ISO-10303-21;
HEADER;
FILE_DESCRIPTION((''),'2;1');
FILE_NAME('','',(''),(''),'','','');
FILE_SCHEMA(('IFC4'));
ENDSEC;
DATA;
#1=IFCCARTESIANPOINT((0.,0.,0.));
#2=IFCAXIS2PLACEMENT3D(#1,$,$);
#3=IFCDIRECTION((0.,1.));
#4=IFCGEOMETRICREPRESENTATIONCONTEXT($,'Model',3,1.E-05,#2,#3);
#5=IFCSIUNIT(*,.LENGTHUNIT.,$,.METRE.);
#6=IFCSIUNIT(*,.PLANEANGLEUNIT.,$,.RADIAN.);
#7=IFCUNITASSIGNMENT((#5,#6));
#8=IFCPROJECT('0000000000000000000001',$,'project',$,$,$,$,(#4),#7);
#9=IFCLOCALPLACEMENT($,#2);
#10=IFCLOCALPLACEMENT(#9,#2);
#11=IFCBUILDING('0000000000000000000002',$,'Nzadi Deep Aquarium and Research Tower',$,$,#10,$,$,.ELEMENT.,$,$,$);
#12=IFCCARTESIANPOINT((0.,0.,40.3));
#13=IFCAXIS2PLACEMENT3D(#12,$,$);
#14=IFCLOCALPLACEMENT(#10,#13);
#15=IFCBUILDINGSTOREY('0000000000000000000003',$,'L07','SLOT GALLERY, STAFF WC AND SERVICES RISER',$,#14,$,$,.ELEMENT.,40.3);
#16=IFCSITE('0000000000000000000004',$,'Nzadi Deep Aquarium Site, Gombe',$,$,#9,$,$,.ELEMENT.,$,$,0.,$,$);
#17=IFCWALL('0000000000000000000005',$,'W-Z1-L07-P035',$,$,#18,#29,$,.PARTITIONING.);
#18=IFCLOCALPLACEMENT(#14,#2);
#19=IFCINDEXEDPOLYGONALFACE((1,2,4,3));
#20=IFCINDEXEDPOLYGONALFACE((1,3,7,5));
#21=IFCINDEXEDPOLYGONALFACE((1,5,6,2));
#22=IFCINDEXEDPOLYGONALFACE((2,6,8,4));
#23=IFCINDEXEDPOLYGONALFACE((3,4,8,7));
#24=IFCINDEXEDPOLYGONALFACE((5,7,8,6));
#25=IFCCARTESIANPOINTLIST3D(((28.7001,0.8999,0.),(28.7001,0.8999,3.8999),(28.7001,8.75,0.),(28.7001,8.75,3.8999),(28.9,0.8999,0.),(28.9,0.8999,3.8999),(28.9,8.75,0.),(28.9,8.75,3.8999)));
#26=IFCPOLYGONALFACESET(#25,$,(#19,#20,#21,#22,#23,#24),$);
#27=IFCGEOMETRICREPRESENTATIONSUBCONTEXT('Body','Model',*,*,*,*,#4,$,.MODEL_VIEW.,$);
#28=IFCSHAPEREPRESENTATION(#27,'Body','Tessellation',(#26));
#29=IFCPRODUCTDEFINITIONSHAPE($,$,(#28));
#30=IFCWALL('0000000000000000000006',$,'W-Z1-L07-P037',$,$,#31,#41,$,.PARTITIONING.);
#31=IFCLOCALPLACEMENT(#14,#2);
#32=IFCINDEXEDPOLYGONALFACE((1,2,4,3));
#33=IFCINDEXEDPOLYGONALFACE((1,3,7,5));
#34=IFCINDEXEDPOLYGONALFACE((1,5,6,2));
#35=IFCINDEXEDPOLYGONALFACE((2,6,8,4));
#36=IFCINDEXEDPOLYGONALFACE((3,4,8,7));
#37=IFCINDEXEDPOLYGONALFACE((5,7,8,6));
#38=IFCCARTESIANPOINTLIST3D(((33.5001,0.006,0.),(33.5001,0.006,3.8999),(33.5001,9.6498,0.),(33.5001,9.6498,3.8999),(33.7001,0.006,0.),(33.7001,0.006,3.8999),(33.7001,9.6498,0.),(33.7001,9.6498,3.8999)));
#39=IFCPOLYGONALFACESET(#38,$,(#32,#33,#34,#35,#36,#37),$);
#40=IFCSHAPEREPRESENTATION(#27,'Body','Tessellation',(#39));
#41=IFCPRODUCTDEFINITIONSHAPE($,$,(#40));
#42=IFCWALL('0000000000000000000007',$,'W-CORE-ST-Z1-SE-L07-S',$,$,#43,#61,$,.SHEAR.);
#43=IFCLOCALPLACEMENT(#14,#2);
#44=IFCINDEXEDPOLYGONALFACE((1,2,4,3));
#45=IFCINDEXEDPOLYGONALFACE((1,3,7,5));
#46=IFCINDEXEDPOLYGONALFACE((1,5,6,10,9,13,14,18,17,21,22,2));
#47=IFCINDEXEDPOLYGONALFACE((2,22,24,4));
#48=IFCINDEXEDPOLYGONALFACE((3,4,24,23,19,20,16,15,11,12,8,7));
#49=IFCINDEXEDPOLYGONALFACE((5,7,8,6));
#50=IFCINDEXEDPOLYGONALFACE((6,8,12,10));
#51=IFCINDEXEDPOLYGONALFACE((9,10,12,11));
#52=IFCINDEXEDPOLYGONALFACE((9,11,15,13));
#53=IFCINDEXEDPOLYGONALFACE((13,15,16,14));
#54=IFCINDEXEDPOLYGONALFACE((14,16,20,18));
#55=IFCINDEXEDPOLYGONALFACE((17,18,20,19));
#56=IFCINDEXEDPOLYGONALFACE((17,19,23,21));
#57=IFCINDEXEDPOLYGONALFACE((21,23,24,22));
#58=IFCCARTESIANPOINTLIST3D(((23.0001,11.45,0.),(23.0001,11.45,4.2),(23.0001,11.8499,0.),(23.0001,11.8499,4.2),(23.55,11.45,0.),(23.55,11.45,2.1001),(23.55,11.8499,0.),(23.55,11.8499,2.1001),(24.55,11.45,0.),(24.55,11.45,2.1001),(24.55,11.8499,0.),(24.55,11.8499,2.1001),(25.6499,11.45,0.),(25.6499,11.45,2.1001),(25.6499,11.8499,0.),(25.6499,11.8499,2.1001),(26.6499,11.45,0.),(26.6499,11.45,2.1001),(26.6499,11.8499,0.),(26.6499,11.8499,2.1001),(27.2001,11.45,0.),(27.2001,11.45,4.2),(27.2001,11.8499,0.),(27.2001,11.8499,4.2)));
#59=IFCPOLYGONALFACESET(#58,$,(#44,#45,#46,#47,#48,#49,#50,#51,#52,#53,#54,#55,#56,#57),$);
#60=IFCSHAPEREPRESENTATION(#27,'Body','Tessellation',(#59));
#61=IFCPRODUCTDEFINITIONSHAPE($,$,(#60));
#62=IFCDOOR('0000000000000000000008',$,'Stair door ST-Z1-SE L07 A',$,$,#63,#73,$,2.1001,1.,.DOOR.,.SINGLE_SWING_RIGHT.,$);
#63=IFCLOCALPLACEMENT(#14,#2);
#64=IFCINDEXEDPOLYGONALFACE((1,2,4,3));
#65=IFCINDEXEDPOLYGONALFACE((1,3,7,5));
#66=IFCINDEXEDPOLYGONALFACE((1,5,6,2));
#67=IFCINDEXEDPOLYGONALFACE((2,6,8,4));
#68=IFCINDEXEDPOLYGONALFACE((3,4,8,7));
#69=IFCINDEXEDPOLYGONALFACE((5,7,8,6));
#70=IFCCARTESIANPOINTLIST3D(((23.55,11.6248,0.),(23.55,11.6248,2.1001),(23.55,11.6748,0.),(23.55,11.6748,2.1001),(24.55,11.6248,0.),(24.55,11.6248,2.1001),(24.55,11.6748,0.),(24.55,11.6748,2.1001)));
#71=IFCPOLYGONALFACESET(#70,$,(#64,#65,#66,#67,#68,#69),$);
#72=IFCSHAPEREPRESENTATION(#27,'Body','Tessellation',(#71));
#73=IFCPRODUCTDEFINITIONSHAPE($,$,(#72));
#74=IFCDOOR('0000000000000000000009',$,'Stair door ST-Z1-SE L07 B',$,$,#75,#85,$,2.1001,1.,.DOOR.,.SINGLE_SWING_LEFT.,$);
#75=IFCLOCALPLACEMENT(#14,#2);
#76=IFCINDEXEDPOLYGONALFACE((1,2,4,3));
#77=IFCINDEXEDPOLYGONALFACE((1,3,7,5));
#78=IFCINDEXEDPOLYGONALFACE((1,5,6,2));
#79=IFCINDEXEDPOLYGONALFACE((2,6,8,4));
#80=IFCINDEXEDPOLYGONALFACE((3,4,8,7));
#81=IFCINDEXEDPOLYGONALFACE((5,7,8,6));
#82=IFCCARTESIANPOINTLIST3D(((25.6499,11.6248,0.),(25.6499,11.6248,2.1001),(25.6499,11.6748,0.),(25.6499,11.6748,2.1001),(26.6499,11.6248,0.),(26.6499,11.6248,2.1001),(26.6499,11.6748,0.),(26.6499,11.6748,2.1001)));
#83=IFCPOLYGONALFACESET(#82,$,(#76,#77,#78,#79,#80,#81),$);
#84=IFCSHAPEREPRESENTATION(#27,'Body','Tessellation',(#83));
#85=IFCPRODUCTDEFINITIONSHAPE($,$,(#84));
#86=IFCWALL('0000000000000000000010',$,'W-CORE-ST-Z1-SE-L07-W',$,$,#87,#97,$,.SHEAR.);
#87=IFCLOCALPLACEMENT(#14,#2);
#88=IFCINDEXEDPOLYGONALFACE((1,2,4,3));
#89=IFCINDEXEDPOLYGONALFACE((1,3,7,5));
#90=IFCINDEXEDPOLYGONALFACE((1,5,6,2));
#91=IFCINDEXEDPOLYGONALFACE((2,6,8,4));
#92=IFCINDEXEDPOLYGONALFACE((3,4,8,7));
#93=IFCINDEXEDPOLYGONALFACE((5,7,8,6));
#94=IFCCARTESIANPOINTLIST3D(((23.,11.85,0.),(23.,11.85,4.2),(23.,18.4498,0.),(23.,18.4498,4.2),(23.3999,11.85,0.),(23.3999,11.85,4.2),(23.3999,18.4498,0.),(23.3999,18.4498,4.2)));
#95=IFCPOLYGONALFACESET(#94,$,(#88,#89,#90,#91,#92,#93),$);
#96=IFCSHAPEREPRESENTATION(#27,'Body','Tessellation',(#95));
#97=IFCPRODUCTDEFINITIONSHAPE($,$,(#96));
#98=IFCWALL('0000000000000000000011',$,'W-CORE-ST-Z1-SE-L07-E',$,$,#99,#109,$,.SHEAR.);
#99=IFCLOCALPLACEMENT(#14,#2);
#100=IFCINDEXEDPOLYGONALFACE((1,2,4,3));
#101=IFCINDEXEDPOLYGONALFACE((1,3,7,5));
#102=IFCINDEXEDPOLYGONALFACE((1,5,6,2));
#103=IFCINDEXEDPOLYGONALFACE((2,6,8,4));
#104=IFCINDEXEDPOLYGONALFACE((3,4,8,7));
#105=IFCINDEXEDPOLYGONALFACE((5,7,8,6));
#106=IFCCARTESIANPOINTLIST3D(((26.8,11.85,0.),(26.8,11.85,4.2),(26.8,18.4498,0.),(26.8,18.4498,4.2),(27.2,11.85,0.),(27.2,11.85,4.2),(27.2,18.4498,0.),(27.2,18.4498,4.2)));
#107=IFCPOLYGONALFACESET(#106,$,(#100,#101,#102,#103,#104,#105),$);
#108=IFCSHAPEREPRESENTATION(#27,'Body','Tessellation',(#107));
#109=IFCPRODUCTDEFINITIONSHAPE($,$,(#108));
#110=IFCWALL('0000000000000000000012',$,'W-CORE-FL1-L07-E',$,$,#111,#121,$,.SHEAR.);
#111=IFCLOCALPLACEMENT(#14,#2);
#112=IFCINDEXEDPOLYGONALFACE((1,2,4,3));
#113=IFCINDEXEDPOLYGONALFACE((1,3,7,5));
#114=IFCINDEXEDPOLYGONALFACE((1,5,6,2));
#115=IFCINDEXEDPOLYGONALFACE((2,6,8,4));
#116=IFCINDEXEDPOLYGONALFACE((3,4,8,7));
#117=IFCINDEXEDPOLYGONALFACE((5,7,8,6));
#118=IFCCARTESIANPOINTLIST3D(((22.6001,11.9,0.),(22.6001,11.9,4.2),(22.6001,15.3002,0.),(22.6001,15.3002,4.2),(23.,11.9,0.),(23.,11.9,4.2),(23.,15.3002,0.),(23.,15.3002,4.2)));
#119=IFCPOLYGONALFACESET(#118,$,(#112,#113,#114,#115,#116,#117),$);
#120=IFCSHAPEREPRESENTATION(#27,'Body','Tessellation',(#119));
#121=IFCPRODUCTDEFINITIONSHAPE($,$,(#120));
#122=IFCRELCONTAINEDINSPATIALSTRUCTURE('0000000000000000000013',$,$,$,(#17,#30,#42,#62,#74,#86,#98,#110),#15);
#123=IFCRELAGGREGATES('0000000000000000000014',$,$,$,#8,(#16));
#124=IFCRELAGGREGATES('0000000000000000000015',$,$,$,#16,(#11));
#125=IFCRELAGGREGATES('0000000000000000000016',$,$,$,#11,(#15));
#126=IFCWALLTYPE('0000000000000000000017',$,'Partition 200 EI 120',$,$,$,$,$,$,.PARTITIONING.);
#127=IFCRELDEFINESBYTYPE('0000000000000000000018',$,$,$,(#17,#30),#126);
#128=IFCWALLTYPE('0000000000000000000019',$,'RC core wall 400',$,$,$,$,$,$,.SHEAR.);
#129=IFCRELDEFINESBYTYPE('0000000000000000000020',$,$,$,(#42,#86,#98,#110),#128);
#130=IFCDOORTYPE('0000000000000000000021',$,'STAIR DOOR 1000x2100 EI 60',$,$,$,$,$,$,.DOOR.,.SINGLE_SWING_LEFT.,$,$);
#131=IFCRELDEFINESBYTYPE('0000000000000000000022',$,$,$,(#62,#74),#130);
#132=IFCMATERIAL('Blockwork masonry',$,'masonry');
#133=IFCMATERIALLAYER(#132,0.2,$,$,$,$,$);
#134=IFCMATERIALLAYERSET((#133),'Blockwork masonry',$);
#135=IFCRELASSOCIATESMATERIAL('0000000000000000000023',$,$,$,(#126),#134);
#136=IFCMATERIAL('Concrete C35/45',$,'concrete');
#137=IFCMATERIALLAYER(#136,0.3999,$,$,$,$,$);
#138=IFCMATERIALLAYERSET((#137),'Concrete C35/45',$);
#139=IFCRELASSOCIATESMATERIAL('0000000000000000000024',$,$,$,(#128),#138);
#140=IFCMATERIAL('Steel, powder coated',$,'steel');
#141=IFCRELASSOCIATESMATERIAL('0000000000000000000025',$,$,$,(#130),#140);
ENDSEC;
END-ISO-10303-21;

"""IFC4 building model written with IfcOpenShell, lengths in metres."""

from ifc_helpers import new_model, si_unit, direction, frame, frame_2d, origin, place, context, subcontext, project, spatial, rectangle, extrude, material, layer, layer_set, type_object, element, fill, save


model = new_model("IFC4")

# Units and contexts
model_context = context("Model", 3, precision=1e-05, world=origin(), true_north=direction((0.0, 1.0)))
body_context = subcontext(model_context, "Body", "Model", "MODEL_VIEW")
ifc_project = project(units=[si_unit("LENGTHUNIT", "METRE"), si_unit("PLANEANGLEUNIT", "RADIAN")], contexts=[model_context])

# Site, building, storey
site_placement = place(None, origin())
site = spatial("IfcSite", under=ifc_project, at=site_placement, Name="Nzadi Deep Aquarium Site, Gombe", CompositionType="ELEMENT", RefElevation=0.0)
building_placement = place(site_placement, origin())
building = spatial("IfcBuilding", under=site, at=building_placement, Name="Nzadi Deep Aquarium and Research Tower", CompositionType="ELEMENT")
storey_placement = place(building_placement, frame((0.0, 0.0, 40.3)))
storey = spatial("IfcBuildingStorey", under=building, at=storey_placement, Name="L07", Description="SLOT GALLERY, STAFF WC AND SERVICES RISER", CompositionType="ELEMENT", Elevation=40.3)

# Walls
ifc_material_1 = material(Name="Blockwork masonry", Category="masonry")
ifc_layer_1 = layer(ifc_material_1, 0.2)
ifc_layer_set_1 = layer_set([ifc_layer_1], Name="Blockwork masonry")
wall_type_1 = type_object("IfcWallType", Name="Partition 200 EI 120", PredefinedType="PARTITIONING", material=ifc_layer_set_1)
wall_1_placement = place(storey_placement, frame((28.8, 0.8999, 0.0), z_axis=(0.0, 0.0, 1.0), x_axis=(0.0, 1.0, 0.0)))
element("IfcWall", 1, at=wall_1_placement, inside=storey, type_object=wall_type_1, Name="W-Z1-L07-P035", PredefinedType="PARTITIONING", context=body_context, shape_type="SweptSolid", body=[
    extrude(rectangle(XDim=7.8501, YDim=0.2, at=frame_2d((3.925, 0.0))), origin(), (0.0, 0.0, 1.0), 3.8999),
])
wall_2_placement = place(storey_placement, frame((33.6001, 0.0061, 0.0), z_axis=(0.0, 0.0, 1.0), x_axis=(0.0, 1.0, 0.0)))
element("IfcWall", 2, at=wall_2_placement, inside=storey, type_object=wall_type_1, Name="W-Z1-L07-P037", PredefinedType="PARTITIONING", context=body_context, shape_type="SweptSolid", body=[
    extrude(rectangle(XDim=9.6438, YDim=0.2, at=frame_2d((4.8218, 0.0))), origin(), (0.0, 0.0, 1.0), 3.8999),
])

# Wall, openings, doors
ifc_material_2 = material(Name="Concrete C35/45", Category="concrete")
ifc_layer_2 = layer(ifc_material_2, 0.3999)
ifc_layer_set_2 = layer_set([ifc_layer_2], Name="Concrete C35/45")
wall_type_2 = type_object("IfcWallType", Name="RC core wall 400", PredefinedType="SHEAR", material=ifc_layer_set_2)
wall_3_placement = place(storey_placement, frame((23.0, 11.6499, 0.0), z_axis=(0.0, 0.0, 1.0), x_axis=(1.0, 0.0, 0.0)))
wall_3 = element("IfcWall", 3, at=wall_3_placement, inside=storey, type_object=wall_type_2, Name="W-CORE-ST-Z1-SE-L07-S", PredefinedType="SHEAR", context=body_context, shape_type="SweptSolid", body=[
    extrude(rectangle(XDim=4.2, YDim=0.3999, at=frame_2d((2.1001, 0.0))), origin(), (0.0, 0.0, 1.0), 4.2),
])
opening_1_placement = place(wall_3_placement, frame((0.55, 0.0, 0.0)))
opening_1 = element("IfcOpeningElement", 4, at=opening_1_placement, cuts=wall_3, PredefinedType="OPENING", context=body_context, shape_type="SweptSolid", body=[
    extrude(rectangle(XDim=1.0, YDim=2.1001, at=frame_2d((0.5, 1.05))), frame((0.0, 0.21, 0.0), z_axis=(0.0, -1.0, 0.0), x_axis=(1.0, 0.0, 0.0)), (0.0, 0.0, 1.0), 0.4199),
])
opening_2_placement = place(wall_3_placement, frame((2.6499, 0.0, 0.0)))
opening_2 = element("IfcOpeningElement", 5, at=opening_2_placement, cuts=wall_3, PredefinedType="OPENING", context=body_context, shape_type="SweptSolid", body=[
    extrude(rectangle(XDim=1.0, YDim=2.1001, at=frame_2d((0.5, 1.05))), frame((0.0, 0.21, 0.0), z_axis=(0.0, -1.0, 0.0), x_axis=(1.0, 0.0, 0.0)), (0.0, 0.0, 1.0), 0.4199),
])
ifc_material_3 = material(Name="Steel, powder coated", Category="steel")
door_type = type_object("IfcDoorType", Name="STAIR DOOR 1000x2100 EI 60", OperationType="SINGLE_SWING_LEFT", PredefinedType="DOOR", material=ifc_material_3)
door_1_placement = place(opening_1_placement, origin())
door_1 = element("IfcDoor", 6, at=door_1_placement, inside=storey, type_object=door_type, Name="Stair door ST-Z1-SE L07 A", OperationType="SINGLE_SWING_RIGHT", OverallHeight=2.1001, OverallWidth=1.0, PredefinedType="DOOR", context=body_context, shape_type="SweptSolid", body=[
    extrude(rectangle(XDim=1.0, YDim=2.1001, at=frame_2d((0.5, 1.05))), frame((0.0, 0.0249, 0.0), z_axis=(0.0, -1.0, 0.0), x_axis=(1.0, 0.0, 0.0)), (0.0, 0.0, 1.0), 0.05),
])
fill(opening_1, door_1)
door_2_placement = place(opening_2_placement, origin())
door_2 = element("IfcDoor", 7, at=door_2_placement, inside=storey, type_object=door_type, Name="Stair door ST-Z1-SE L07 B", OperationType="SINGLE_SWING_LEFT", OverallHeight=2.1001, OverallWidth=1.0, PredefinedType="DOOR", context=body_context, shape_type="SweptSolid", body=[
    extrude(rectangle(XDim=1.0, YDim=2.1001, at=frame_2d((0.5, 1.05))), frame((0.0, 0.0249, 0.0), z_axis=(0.0, -1.0, 0.0), x_axis=(1.0, 0.0, 0.0)), (0.0, 0.0, 1.0), 0.05),
])
fill(opening_2, door_2)

# Walls
for number, where, z_axis, x_axis, name in (
    (8, (23.2, 11.8501, 0.0), (0.0, 0.0, 1.0), (0.0, 1.0, 0.0), "W-CORE-ST-Z1-SE-L07-W"),
    (9, (27.0, 11.8501, 0.0), (0.0, 0.0, 1.0), (0.0, 1.0, 0.0), "W-CORE-ST-Z1-SE-L07-E"),
):
    element("IfcWall", number, at=place(storey_placement, frame(where, z_axis=z_axis, x_axis=x_axis)), inside=storey, type_object=wall_type_2, Name=name, PredefinedType="SHEAR", context=body_context, shape_type="SweptSolid", body=[
        extrude(rectangle(XDim=6.5999, YDim=0.3999, at=frame_2d((3.2998, 0.0))), origin(), (0.0, 0.0, 1.0), 4.2),
    ])
wall_4_placement = place(storey_placement, frame((22.8, 11.8999, 0.0), z_axis=(0.0, 0.0, 1.0), x_axis=(0.0, 1.0, 0.0)))
element("IfcWall", 10, at=wall_4_placement, inside=storey, type_object=wall_type_2, Name="W-CORE-FL1-L07-E", PredefinedType="SHEAR", context=body_context, shape_type="SweptSolid", body=[
    extrude(rectangle(XDim=3.4001, YDim=0.3999, at=frame_2d((1.7002, 0.0))), origin(), (0.0, 0.0, 1.0), 4.2),
])

save(model, "model.ifc")
